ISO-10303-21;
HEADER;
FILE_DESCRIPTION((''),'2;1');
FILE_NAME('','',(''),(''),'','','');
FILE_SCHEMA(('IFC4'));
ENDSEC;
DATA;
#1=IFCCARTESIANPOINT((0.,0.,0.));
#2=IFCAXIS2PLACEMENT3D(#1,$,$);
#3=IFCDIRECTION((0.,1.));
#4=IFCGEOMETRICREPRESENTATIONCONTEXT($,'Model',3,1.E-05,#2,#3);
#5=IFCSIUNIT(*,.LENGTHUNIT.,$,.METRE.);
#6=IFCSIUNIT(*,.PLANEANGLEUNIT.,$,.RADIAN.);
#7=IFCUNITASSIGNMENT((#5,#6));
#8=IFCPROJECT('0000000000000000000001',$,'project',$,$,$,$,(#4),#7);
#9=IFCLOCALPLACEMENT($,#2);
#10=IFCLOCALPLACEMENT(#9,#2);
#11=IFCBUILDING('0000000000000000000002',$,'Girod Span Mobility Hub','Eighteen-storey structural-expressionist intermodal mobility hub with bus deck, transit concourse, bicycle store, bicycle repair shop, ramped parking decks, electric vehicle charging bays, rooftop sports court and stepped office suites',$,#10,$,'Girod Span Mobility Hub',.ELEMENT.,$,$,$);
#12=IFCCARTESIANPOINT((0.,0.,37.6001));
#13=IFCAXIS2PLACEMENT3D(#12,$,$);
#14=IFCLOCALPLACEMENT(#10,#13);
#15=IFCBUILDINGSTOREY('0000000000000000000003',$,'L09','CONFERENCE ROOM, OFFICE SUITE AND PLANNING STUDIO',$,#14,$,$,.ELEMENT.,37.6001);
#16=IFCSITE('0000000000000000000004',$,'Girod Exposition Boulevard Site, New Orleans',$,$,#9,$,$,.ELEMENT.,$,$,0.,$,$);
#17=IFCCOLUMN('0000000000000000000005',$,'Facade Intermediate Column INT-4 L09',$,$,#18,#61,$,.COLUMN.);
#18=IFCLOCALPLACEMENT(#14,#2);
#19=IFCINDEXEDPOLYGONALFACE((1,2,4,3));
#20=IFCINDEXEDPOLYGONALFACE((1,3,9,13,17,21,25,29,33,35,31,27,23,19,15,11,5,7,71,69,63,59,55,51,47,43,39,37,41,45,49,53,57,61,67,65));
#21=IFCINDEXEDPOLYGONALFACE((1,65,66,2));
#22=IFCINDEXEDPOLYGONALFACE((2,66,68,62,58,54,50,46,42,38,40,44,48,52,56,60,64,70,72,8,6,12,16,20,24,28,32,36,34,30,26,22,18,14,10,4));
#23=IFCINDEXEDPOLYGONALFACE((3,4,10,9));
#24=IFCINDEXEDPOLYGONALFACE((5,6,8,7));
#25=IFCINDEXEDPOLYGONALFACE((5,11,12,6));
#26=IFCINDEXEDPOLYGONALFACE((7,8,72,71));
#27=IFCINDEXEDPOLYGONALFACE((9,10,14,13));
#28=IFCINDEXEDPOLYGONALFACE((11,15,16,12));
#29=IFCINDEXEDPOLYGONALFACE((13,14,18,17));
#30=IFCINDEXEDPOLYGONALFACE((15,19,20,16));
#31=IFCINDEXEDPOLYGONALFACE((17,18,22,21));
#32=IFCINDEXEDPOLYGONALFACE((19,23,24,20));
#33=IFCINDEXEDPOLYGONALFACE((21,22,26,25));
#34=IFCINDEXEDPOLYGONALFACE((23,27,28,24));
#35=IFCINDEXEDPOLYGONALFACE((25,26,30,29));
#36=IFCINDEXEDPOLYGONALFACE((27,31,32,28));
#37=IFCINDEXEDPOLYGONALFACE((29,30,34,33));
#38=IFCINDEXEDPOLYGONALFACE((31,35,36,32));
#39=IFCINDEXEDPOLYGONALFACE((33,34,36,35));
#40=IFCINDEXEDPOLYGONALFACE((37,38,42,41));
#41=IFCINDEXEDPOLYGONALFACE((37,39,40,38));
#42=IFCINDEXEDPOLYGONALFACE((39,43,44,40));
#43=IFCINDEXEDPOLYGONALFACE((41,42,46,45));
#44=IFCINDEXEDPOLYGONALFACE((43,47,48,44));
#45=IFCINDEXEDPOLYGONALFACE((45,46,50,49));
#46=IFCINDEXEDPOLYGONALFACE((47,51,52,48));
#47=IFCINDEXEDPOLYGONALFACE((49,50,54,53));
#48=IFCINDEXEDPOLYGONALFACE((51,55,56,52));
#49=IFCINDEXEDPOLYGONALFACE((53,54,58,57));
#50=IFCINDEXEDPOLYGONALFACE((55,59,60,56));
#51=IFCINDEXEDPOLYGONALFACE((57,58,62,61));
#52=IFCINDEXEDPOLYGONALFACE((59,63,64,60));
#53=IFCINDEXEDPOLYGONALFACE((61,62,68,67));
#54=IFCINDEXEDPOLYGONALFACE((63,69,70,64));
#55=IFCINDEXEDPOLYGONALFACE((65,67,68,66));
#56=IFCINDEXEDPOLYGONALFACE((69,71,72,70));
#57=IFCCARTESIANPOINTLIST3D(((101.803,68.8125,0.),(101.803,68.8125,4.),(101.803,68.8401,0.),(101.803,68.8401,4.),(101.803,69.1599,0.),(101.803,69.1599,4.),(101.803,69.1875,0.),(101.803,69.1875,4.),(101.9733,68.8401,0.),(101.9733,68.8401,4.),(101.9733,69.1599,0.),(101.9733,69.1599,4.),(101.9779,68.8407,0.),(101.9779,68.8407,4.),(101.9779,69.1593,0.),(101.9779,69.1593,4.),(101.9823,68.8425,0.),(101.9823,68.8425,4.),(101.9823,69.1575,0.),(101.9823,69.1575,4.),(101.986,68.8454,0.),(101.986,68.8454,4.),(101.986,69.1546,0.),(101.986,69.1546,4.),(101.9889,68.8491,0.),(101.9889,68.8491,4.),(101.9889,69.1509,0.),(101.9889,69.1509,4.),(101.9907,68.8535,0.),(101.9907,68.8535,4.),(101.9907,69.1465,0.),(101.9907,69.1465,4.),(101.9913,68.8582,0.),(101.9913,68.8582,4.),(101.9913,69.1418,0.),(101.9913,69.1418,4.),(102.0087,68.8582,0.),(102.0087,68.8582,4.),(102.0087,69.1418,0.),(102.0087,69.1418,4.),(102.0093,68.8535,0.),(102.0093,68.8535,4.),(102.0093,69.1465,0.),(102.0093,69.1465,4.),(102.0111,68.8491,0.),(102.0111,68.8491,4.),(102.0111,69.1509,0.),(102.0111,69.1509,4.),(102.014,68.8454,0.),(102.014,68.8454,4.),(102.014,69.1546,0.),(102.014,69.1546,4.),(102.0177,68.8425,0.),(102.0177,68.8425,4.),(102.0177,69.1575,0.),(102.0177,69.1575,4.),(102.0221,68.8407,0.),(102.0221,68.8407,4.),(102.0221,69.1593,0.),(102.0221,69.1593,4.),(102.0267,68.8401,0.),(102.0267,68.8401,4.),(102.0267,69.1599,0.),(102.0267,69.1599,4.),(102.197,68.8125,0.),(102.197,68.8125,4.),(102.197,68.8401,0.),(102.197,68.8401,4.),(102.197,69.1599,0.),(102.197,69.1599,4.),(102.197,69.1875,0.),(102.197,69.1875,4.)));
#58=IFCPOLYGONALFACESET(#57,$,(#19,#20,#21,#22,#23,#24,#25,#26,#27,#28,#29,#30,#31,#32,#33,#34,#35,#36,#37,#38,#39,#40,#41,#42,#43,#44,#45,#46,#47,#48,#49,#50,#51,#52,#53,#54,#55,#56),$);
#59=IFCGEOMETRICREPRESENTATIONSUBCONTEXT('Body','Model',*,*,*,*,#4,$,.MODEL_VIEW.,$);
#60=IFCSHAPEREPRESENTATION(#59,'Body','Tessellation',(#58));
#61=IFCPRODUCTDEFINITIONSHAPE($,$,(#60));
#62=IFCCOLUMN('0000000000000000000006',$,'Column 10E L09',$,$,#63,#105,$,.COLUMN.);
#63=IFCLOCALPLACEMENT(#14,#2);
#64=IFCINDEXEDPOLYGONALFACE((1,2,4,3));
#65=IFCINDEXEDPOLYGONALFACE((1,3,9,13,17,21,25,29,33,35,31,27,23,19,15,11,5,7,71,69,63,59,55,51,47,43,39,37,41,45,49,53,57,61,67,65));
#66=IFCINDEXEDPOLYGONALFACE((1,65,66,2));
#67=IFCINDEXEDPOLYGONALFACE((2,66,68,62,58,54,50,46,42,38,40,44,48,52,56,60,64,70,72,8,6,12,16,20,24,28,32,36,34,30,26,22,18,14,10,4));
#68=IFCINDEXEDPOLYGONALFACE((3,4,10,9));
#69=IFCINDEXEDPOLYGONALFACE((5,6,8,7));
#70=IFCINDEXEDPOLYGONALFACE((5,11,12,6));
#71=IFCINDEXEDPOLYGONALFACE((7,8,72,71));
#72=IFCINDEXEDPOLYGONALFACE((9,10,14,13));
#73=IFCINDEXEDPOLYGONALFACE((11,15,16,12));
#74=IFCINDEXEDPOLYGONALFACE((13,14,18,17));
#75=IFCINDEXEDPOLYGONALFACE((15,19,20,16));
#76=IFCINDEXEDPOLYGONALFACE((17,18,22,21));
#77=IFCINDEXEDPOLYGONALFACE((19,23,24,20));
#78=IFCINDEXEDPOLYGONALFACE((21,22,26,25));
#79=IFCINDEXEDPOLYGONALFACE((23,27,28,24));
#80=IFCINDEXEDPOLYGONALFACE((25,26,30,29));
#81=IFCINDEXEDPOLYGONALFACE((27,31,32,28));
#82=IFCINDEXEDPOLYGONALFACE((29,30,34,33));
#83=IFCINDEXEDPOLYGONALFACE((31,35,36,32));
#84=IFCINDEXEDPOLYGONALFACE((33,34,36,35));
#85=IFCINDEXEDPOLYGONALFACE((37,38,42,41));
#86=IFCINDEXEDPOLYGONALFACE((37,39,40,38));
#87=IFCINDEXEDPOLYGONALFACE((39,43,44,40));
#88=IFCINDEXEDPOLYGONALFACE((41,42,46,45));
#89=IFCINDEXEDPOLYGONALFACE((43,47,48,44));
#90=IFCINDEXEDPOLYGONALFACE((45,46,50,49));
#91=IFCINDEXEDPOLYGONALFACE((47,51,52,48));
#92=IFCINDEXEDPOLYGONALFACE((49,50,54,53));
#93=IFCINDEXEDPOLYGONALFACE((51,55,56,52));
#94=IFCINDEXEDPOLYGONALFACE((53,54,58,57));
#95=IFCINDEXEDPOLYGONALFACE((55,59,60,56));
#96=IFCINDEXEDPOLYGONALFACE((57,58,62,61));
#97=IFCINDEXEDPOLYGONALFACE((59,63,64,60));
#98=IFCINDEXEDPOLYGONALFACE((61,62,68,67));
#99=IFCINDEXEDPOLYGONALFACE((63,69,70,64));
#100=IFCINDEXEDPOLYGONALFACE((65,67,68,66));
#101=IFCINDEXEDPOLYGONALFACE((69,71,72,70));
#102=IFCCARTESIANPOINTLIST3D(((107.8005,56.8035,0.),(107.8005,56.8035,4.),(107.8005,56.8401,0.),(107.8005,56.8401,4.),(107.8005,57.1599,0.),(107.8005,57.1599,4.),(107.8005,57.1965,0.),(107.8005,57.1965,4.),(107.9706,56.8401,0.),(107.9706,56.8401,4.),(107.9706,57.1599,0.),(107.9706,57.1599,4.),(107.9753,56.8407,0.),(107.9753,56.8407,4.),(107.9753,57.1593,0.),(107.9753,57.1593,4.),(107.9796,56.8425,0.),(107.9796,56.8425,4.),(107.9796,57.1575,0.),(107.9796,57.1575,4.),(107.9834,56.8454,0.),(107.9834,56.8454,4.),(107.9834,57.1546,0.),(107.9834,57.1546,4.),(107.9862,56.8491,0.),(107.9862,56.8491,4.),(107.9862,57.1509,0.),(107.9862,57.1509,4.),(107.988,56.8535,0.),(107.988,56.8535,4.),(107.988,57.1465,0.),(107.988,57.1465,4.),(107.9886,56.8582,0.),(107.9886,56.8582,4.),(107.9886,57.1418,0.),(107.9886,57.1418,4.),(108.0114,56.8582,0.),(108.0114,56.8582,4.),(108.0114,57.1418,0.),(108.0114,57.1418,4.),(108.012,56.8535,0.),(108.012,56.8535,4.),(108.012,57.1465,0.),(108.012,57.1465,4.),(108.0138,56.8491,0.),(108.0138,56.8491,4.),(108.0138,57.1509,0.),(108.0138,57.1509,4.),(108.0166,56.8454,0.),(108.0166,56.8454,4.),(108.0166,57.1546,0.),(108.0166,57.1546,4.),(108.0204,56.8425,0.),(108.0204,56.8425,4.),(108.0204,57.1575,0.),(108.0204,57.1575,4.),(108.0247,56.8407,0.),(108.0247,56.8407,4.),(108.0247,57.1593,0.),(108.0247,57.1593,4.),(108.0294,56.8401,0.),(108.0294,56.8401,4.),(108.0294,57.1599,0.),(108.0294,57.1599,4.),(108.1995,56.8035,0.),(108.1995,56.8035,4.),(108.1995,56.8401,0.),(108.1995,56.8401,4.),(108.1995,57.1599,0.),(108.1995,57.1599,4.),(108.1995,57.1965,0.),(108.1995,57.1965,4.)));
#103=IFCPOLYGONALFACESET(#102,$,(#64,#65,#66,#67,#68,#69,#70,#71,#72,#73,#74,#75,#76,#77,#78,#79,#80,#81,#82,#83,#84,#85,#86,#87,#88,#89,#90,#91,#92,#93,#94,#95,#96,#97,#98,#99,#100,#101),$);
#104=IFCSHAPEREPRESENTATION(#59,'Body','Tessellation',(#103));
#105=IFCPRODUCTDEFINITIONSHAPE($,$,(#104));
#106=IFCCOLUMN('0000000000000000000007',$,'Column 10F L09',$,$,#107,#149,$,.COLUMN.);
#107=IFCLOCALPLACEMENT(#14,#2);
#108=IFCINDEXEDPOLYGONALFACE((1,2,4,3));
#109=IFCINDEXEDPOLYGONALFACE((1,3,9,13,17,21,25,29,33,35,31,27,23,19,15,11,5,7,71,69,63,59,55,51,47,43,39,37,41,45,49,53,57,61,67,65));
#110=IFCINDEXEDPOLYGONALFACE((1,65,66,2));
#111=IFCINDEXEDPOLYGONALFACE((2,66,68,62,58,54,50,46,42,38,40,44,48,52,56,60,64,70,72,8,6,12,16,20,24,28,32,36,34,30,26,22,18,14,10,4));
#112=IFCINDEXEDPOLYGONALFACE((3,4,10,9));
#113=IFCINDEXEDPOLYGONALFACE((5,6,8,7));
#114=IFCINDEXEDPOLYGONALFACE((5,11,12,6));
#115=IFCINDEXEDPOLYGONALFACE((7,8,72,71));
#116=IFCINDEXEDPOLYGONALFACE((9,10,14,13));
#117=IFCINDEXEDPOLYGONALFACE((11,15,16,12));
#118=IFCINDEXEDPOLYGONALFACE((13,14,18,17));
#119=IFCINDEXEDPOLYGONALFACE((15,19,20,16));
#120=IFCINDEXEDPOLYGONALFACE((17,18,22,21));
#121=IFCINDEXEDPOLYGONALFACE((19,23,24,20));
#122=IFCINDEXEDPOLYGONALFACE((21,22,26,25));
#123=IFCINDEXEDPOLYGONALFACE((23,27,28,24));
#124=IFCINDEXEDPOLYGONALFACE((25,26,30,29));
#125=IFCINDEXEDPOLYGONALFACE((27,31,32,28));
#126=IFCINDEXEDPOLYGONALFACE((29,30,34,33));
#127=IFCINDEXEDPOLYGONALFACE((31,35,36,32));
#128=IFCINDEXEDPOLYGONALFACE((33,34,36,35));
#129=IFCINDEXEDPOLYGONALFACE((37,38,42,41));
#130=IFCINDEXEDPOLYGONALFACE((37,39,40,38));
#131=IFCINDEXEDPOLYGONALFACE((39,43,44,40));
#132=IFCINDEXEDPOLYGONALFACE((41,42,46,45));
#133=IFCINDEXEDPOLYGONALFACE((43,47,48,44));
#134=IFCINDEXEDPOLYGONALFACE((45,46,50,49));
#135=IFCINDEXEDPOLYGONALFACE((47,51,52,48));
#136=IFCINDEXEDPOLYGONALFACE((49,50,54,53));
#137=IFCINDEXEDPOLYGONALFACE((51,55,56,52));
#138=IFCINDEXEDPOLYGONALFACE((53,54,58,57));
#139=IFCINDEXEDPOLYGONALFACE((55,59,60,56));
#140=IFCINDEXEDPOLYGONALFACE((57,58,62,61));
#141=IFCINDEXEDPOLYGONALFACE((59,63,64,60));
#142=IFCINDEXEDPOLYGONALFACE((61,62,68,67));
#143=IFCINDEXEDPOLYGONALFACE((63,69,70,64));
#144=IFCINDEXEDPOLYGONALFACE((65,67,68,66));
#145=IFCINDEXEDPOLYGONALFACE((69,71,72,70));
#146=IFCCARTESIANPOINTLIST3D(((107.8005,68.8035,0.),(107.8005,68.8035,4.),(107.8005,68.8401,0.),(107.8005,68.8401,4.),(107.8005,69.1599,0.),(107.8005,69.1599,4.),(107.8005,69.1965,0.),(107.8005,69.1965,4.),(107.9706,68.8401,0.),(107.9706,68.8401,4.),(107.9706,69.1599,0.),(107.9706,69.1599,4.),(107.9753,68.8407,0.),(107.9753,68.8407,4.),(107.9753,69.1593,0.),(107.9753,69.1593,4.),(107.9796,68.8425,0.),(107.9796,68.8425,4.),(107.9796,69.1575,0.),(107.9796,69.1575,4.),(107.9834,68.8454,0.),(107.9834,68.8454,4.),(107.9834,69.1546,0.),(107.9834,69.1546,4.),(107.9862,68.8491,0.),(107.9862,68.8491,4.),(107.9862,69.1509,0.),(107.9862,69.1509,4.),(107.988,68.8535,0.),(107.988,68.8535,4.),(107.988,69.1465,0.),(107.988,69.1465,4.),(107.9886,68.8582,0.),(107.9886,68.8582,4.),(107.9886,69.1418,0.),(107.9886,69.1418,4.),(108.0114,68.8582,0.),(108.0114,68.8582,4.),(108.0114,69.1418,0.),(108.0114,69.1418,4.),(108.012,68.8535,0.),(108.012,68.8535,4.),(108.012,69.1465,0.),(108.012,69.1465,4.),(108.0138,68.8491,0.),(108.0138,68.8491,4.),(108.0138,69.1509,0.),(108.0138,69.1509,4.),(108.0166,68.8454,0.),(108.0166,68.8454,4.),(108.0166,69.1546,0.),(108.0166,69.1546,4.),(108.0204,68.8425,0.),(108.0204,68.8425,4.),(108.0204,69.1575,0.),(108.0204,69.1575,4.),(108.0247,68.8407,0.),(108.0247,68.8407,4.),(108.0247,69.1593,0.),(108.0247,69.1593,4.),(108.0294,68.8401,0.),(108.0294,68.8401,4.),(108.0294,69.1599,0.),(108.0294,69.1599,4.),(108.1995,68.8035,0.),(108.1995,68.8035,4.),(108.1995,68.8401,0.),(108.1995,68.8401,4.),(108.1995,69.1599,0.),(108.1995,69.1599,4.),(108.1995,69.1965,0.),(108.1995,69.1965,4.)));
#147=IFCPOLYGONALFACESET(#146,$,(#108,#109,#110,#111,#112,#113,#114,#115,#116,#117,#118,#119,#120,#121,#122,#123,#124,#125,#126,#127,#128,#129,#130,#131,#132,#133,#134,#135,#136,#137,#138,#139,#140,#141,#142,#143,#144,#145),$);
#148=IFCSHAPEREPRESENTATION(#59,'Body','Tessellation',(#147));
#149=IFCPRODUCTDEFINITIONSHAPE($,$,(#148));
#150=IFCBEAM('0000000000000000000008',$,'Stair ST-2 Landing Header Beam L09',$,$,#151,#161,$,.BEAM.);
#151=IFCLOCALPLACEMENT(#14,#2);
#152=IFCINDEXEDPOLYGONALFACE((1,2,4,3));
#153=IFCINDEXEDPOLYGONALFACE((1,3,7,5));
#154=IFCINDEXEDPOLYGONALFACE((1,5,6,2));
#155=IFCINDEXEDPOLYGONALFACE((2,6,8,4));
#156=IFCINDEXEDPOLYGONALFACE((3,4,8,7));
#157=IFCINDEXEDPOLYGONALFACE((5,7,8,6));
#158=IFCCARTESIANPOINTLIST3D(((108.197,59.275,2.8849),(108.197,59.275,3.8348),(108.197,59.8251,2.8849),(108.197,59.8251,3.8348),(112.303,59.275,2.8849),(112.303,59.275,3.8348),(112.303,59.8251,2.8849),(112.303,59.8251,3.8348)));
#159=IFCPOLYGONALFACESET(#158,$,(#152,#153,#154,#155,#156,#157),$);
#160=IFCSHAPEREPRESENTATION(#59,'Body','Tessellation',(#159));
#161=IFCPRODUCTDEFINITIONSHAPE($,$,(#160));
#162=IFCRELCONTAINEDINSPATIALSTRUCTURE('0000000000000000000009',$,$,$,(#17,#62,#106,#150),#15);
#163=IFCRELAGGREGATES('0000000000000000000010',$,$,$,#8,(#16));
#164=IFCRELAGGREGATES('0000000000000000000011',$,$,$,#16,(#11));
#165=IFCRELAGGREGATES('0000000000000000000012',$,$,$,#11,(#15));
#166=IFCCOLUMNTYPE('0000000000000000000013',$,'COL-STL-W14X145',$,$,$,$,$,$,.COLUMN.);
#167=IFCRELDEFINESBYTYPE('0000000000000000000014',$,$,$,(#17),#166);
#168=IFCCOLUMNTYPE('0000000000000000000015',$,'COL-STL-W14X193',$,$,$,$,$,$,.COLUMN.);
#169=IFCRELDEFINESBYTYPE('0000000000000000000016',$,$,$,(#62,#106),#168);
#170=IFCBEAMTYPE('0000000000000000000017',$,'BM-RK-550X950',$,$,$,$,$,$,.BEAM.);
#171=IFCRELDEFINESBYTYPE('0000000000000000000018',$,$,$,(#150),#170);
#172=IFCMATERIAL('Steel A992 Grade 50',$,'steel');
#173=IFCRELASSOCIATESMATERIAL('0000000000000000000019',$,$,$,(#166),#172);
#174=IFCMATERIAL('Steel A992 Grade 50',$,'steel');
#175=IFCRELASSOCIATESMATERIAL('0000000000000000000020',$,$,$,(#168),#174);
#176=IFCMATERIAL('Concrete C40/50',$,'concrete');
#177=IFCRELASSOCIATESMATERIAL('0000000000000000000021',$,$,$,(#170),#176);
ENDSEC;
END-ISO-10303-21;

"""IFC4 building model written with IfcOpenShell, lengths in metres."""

from ifc_helpers import new_model, si_unit, direction, frame, origin, origin_2d, place, context, subcontext, project, spatial, rectangle, i_section, extrude, material, material_profile, profile_set, type_object, element, save


model = new_model("IFC4")

# Units and contexts
model_context = context("Model", 3, precision=1e-05, world=origin(), true_north=direction((0.0, 1.0)))
body_context = subcontext(model_context, "Body", "Model", "MODEL_VIEW")
ifc_project = project(units=[si_unit("LENGTHUNIT", "METRE"), si_unit("PLANEANGLEUNIT", "RADIAN")], contexts=[model_context])

# Site, building, storey
site_placement = place(None, origin())
site = spatial("IfcSite", under=ifc_project, at=site_placement, Name="Girod Exposition Boulevard Site, New Orleans", CompositionType="ELEMENT", RefElevation=0.0)
building_placement = place(site_placement, origin())
building = spatial("IfcBuilding", under=site, at=building_placement, Name="Girod Span Mobility Hub", Description="Eighteen-storey structural-expressionist intermodal mobility hub with bus deck, transit concourse, bicycle store, bicycle repair shop, ramped parking decks, electric vehicle charging bays, rooftop sports court and stepped office suites", LongName="Girod Span Mobility Hub", CompositionType="ELEMENT")
storey_placement = place(building_placement, frame((0.0, 0.0, 37.6001)))
storey = spatial("IfcBuildingStorey", under=building, at=storey_placement, Name="L09", Description="CONFERENCE ROOM, OFFICE SUITE AND PLANNING STUDIO", CompositionType="ELEMENT", Elevation=37.6001)

# Columns
ifc_material_1 = material(Name="Steel A992 Grade 50", Category="steel")
ifc_material_profile_1 = material_profile(ifc_material_1, i_section(OverallWidth=0.394, OverallDepth=0.375, WebThickness=0.0173, FlangeThickness=0.0276, FilletRadius=0.0181, at=origin_2d()), Name="W14X145")
ifc_profile_set_1 = profile_set([ifc_material_profile_1], Name="Steel A992 Grade 50")
column_type_1 = type_object("IfcColumnType", Name="COL-STL-W14X145", PredefinedType="COLUMN", material=ifc_profile_set_1)
column_placement = place(storey_placement, frame((102.0, 69.0, 0.0), z_axis=(0.0, 0.0, 1.0), x_axis=(1.0, 0.0, 0.0)))
element("IfcColumn", 1, at=column_placement, inside=storey, type_object=column_type_1, Name="Facade Intermediate Column INT-4 L09", PredefinedType="COLUMN", context=body_context, shape_type="SweptSolid", body=[
    extrude(i_section(OverallWidth=0.394, OverallDepth=0.375, WebThickness=0.0173, FlangeThickness=0.0276, FilletRadius=0.0181, at=origin_2d()), origin(), (0.0, 0.0, 1.0), 4.0),
])
ifc_material_2 = material(Name="Steel A992 Grade 50", Category="steel")
ifc_material_profile_2 = material_profile(ifc_material_2, i_section(OverallWidth=0.3989, OverallDepth=0.3931, WebThickness=0.0227, FlangeThickness=0.0366, FilletRadius=0.0181, at=origin_2d()), Name="W14X193")
ifc_profile_set_2 = profile_set([ifc_material_profile_2], Name="Steel A992 Grade 50")
column_type_2 = type_object("IfcColumnType", Name="COL-STL-W14X193", PredefinedType="COLUMN", material=ifc_profile_set_2)
for number, where, z_axis, x_axis, name in (
    (2, (108.0, 57.0, 0.0), (0.0, 0.0, 1.0), (1.0, 0.0, 0.0), "Column 10E L09"),
    (3, (108.0, 69.0, 0.0), (0.0, 0.0, 1.0), (1.0, 0.0, 0.0), "Column 10F L09"),
):
    element("IfcColumn", number, at=place(storey_placement, frame(where, z_axis=z_axis, x_axis=x_axis)), inside=storey, type_object=column_type_2, Name=name, PredefinedType="COLUMN", context=body_context, shape_type="SweptSolid", body=[
        extrude(i_section(OverallWidth=0.3989, OverallDepth=0.3931, WebThickness=0.0227, FlangeThickness=0.0366, FilletRadius=0.0181, at=origin_2d()), origin(), (0.0, 0.0, 1.0), 4.0),
    ])

# Beam
ifc_material_3 = material(Name="Concrete C40/50", Category="concrete")
ifc_material_profile_3 = material_profile(ifc_material_3, rectangle(XDim=0.55, YDim=0.95, at=origin_2d()), Name="RK-550X950")
ifc_profile_set_3 = profile_set([ifc_material_profile_3], Name="Concrete C40/50")
beam_type_1 = type_object("IfcBeamType", Name="BM-RK-550X950", PredefinedType="BEAM", material=ifc_profile_set_3)
beam_1_placement = place(storey_placement, frame((108.197, 59.55, 3.3599), z_axis=(1.0, 0.0, 0.0), x_axis=(0.0, 1.0, 0.0)))
element("IfcBeam", 4, at=beam_1_placement, inside=storey, type_object=beam_type_1, Name="Stair ST-2 Landing Header Beam L09", PredefinedType="BEAM", context=body_context, shape_type="SweptSolid", body=[
    extrude(rectangle(XDim=0.55, YDim=0.95, at=origin_2d()), origin(), (0.0, 0.0, 1.0), 4.106),
])

save(model, "model.ifc")
